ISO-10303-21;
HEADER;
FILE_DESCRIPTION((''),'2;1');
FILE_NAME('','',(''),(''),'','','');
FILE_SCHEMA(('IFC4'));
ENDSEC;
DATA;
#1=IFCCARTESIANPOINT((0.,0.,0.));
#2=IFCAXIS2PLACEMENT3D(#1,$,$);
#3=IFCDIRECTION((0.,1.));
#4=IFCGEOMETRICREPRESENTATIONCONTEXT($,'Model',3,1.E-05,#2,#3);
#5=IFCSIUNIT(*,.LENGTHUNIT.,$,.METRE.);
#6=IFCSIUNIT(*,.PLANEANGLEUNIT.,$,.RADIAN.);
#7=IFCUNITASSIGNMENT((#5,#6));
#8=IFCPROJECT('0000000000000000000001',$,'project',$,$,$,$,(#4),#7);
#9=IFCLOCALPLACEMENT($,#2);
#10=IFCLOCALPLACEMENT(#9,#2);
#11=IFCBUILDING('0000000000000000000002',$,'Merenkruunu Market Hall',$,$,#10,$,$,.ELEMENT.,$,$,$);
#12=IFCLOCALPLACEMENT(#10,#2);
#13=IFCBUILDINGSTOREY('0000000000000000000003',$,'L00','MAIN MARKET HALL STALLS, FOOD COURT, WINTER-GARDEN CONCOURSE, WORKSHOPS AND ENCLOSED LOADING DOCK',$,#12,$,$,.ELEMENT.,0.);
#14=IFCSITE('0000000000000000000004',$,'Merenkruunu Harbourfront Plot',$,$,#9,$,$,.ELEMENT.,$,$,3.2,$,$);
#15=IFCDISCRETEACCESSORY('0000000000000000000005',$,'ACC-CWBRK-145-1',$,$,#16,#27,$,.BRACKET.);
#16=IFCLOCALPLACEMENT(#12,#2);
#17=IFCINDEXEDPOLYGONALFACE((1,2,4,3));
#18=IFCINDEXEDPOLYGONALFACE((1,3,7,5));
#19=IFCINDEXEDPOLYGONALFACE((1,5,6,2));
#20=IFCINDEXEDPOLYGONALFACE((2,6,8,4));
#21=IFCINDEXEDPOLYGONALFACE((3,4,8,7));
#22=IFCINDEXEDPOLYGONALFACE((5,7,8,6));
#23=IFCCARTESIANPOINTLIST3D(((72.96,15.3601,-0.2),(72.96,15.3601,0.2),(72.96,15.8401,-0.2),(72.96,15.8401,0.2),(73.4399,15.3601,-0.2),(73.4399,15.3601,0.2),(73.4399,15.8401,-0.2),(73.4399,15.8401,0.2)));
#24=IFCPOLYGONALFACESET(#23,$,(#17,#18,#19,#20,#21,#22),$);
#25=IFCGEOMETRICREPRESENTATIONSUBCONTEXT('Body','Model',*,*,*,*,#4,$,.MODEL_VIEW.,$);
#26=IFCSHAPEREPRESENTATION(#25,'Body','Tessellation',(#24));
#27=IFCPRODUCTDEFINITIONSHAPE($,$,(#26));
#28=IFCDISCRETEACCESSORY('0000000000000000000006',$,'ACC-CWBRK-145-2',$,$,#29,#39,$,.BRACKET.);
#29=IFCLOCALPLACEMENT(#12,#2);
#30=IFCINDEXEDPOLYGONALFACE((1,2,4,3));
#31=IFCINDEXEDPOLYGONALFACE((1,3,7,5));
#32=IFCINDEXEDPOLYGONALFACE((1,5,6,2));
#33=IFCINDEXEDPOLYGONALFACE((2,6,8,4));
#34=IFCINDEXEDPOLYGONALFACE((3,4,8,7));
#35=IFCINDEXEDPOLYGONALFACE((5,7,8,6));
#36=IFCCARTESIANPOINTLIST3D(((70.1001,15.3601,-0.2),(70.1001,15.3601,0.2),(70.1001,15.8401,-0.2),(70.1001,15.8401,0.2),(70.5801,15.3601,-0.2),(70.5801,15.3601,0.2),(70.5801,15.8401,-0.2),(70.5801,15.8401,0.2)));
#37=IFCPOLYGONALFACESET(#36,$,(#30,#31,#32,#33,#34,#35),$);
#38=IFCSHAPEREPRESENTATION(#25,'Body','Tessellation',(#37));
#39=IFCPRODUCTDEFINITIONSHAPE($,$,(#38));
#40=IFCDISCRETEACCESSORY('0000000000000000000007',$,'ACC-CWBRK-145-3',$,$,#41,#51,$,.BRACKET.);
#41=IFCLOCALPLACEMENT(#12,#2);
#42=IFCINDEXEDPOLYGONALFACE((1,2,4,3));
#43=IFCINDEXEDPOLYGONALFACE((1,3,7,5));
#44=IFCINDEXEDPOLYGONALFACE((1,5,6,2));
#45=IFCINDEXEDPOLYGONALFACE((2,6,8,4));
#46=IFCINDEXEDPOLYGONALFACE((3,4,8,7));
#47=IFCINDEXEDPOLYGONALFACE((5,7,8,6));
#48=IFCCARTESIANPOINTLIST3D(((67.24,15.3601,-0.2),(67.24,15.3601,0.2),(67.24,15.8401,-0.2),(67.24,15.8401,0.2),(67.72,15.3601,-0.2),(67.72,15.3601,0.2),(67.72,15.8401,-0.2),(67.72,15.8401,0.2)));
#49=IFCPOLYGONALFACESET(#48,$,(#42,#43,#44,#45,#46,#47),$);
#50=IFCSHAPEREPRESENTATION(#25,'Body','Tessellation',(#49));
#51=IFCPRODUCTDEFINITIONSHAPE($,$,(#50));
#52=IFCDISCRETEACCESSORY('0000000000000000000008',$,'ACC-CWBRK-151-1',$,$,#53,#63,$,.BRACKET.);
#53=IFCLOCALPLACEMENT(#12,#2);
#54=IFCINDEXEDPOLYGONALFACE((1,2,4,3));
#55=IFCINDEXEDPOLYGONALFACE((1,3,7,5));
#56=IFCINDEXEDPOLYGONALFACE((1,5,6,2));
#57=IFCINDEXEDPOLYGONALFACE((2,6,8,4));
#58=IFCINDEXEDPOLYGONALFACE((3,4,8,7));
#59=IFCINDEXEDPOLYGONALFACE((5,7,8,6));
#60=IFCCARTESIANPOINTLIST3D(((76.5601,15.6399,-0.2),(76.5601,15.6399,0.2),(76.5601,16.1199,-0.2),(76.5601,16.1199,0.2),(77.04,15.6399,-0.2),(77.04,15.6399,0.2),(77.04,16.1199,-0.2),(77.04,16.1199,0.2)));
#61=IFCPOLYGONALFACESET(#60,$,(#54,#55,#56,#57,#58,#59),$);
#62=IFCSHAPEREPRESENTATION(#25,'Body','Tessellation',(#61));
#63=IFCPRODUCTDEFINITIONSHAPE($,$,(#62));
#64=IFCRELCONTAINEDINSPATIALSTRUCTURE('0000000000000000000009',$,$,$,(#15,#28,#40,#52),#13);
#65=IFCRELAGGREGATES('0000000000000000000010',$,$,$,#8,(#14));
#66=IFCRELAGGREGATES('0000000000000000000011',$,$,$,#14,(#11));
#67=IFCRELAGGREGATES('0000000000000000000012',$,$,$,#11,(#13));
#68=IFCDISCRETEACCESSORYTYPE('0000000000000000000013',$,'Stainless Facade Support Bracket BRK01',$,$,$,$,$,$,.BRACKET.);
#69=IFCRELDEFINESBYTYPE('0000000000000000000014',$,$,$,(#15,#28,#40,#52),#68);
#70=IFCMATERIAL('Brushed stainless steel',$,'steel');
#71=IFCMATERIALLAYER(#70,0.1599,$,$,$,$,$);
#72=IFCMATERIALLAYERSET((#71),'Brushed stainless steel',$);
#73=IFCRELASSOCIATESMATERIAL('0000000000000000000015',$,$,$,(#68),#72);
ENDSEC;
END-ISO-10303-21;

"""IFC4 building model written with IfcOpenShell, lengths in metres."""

from ifc_helpers import new_model, si_unit, direction, frame, origin, origin_2d, place, context, subcontext, project, spatial, rectangle, extrude, material, layer, layer_set, type_object, element, save


model = new_model("IFC4")

# Units and contexts
model_context = context("Model", 3, precision=1e-05, world=origin(), true_north=direction((0.0, 1.0)))
body_context = subcontext(model_context, "Body", "Model", "MODEL_VIEW")
ifc_project = project(units=[si_unit("LENGTHUNIT", "METRE"), si_unit("PLANEANGLEUNIT", "RADIAN")], contexts=[model_context])

# Site, building, storey
site_placement = place(None, origin())
site = spatial("IfcSite", under=ifc_project, at=site_placement, Name="Merenkruunu Harbourfront Plot", CompositionType="ELEMENT", RefElevation=3.2)
building_placement = place(site_placement, origin())
building = spatial("IfcBuilding", under=site, at=building_placement, Name="Merenkruunu Market Hall", CompositionType="ELEMENT")
storey_placement = place(building_placement, origin())
storey = spatial("IfcBuildingStorey", under=building, at=storey_placement, Name="L00", Description="MAIN MARKET HALL STALLS, FOOD COURT, WINTER-GARDEN CONCOURSE, WORKSHOPS AND ENCLOSED LOADING DOCK", CompositionType="ELEMENT", Elevation=0.0)

# Discrete accessories
ifc_material_1 = material(Name="Brushed stainless steel", Category="steel")
ifc_layer_1 = layer(ifc_material_1, 0.1599)
ifc_layer_set_1 = layer_set([ifc_layer_1], Name="Brushed stainless steel")
discrete_accessory_type = type_object("IfcDiscreteAccessoryType", Name="Stainless Facade Support Bracket BRK01", PredefinedType="BRACKET", material=ifc_layer_set_1)
for number, where, z_axis, x_axis, name in (
    (1, (73.2, 15.6001, -0.2), (0.0, 0.0, 1.0), (1.0, 0.0, 0.0), "ACC-CWBRK-145-1"),
    (2, (70.3401, 15.6001, -0.2), (0.0, 0.0, 1.0), (1.0, 0.0, 0.0), "ACC-CWBRK-145-2"),
    (3, (67.48, 15.6001, -0.2), (0.0, 0.0, 1.0), (1.0, 0.0, 0.0), "ACC-CWBRK-145-3"),
    (4, (76.8, 15.8799, -0.2), (0.0, 0.0, 1.0), (1.0, 0.0, 0.0), "ACC-CWBRK-151-1"),
):
    element("IfcDiscreteAccessory", number, at=place(storey_placement, frame(where, z_axis=z_axis, x_axis=x_axis)), inside=storey, type_object=discrete_accessory_type, Name=name, PredefinedType="BRACKET", context=body_context, shape_type="SweptSolid", body=[
        extrude(rectangle(XDim=0.48, YDim=0.48, at=origin_2d()), origin(), (0.0, 0.0, 1.0), 0.3999),
    ])

save(model, "model.ifc")
